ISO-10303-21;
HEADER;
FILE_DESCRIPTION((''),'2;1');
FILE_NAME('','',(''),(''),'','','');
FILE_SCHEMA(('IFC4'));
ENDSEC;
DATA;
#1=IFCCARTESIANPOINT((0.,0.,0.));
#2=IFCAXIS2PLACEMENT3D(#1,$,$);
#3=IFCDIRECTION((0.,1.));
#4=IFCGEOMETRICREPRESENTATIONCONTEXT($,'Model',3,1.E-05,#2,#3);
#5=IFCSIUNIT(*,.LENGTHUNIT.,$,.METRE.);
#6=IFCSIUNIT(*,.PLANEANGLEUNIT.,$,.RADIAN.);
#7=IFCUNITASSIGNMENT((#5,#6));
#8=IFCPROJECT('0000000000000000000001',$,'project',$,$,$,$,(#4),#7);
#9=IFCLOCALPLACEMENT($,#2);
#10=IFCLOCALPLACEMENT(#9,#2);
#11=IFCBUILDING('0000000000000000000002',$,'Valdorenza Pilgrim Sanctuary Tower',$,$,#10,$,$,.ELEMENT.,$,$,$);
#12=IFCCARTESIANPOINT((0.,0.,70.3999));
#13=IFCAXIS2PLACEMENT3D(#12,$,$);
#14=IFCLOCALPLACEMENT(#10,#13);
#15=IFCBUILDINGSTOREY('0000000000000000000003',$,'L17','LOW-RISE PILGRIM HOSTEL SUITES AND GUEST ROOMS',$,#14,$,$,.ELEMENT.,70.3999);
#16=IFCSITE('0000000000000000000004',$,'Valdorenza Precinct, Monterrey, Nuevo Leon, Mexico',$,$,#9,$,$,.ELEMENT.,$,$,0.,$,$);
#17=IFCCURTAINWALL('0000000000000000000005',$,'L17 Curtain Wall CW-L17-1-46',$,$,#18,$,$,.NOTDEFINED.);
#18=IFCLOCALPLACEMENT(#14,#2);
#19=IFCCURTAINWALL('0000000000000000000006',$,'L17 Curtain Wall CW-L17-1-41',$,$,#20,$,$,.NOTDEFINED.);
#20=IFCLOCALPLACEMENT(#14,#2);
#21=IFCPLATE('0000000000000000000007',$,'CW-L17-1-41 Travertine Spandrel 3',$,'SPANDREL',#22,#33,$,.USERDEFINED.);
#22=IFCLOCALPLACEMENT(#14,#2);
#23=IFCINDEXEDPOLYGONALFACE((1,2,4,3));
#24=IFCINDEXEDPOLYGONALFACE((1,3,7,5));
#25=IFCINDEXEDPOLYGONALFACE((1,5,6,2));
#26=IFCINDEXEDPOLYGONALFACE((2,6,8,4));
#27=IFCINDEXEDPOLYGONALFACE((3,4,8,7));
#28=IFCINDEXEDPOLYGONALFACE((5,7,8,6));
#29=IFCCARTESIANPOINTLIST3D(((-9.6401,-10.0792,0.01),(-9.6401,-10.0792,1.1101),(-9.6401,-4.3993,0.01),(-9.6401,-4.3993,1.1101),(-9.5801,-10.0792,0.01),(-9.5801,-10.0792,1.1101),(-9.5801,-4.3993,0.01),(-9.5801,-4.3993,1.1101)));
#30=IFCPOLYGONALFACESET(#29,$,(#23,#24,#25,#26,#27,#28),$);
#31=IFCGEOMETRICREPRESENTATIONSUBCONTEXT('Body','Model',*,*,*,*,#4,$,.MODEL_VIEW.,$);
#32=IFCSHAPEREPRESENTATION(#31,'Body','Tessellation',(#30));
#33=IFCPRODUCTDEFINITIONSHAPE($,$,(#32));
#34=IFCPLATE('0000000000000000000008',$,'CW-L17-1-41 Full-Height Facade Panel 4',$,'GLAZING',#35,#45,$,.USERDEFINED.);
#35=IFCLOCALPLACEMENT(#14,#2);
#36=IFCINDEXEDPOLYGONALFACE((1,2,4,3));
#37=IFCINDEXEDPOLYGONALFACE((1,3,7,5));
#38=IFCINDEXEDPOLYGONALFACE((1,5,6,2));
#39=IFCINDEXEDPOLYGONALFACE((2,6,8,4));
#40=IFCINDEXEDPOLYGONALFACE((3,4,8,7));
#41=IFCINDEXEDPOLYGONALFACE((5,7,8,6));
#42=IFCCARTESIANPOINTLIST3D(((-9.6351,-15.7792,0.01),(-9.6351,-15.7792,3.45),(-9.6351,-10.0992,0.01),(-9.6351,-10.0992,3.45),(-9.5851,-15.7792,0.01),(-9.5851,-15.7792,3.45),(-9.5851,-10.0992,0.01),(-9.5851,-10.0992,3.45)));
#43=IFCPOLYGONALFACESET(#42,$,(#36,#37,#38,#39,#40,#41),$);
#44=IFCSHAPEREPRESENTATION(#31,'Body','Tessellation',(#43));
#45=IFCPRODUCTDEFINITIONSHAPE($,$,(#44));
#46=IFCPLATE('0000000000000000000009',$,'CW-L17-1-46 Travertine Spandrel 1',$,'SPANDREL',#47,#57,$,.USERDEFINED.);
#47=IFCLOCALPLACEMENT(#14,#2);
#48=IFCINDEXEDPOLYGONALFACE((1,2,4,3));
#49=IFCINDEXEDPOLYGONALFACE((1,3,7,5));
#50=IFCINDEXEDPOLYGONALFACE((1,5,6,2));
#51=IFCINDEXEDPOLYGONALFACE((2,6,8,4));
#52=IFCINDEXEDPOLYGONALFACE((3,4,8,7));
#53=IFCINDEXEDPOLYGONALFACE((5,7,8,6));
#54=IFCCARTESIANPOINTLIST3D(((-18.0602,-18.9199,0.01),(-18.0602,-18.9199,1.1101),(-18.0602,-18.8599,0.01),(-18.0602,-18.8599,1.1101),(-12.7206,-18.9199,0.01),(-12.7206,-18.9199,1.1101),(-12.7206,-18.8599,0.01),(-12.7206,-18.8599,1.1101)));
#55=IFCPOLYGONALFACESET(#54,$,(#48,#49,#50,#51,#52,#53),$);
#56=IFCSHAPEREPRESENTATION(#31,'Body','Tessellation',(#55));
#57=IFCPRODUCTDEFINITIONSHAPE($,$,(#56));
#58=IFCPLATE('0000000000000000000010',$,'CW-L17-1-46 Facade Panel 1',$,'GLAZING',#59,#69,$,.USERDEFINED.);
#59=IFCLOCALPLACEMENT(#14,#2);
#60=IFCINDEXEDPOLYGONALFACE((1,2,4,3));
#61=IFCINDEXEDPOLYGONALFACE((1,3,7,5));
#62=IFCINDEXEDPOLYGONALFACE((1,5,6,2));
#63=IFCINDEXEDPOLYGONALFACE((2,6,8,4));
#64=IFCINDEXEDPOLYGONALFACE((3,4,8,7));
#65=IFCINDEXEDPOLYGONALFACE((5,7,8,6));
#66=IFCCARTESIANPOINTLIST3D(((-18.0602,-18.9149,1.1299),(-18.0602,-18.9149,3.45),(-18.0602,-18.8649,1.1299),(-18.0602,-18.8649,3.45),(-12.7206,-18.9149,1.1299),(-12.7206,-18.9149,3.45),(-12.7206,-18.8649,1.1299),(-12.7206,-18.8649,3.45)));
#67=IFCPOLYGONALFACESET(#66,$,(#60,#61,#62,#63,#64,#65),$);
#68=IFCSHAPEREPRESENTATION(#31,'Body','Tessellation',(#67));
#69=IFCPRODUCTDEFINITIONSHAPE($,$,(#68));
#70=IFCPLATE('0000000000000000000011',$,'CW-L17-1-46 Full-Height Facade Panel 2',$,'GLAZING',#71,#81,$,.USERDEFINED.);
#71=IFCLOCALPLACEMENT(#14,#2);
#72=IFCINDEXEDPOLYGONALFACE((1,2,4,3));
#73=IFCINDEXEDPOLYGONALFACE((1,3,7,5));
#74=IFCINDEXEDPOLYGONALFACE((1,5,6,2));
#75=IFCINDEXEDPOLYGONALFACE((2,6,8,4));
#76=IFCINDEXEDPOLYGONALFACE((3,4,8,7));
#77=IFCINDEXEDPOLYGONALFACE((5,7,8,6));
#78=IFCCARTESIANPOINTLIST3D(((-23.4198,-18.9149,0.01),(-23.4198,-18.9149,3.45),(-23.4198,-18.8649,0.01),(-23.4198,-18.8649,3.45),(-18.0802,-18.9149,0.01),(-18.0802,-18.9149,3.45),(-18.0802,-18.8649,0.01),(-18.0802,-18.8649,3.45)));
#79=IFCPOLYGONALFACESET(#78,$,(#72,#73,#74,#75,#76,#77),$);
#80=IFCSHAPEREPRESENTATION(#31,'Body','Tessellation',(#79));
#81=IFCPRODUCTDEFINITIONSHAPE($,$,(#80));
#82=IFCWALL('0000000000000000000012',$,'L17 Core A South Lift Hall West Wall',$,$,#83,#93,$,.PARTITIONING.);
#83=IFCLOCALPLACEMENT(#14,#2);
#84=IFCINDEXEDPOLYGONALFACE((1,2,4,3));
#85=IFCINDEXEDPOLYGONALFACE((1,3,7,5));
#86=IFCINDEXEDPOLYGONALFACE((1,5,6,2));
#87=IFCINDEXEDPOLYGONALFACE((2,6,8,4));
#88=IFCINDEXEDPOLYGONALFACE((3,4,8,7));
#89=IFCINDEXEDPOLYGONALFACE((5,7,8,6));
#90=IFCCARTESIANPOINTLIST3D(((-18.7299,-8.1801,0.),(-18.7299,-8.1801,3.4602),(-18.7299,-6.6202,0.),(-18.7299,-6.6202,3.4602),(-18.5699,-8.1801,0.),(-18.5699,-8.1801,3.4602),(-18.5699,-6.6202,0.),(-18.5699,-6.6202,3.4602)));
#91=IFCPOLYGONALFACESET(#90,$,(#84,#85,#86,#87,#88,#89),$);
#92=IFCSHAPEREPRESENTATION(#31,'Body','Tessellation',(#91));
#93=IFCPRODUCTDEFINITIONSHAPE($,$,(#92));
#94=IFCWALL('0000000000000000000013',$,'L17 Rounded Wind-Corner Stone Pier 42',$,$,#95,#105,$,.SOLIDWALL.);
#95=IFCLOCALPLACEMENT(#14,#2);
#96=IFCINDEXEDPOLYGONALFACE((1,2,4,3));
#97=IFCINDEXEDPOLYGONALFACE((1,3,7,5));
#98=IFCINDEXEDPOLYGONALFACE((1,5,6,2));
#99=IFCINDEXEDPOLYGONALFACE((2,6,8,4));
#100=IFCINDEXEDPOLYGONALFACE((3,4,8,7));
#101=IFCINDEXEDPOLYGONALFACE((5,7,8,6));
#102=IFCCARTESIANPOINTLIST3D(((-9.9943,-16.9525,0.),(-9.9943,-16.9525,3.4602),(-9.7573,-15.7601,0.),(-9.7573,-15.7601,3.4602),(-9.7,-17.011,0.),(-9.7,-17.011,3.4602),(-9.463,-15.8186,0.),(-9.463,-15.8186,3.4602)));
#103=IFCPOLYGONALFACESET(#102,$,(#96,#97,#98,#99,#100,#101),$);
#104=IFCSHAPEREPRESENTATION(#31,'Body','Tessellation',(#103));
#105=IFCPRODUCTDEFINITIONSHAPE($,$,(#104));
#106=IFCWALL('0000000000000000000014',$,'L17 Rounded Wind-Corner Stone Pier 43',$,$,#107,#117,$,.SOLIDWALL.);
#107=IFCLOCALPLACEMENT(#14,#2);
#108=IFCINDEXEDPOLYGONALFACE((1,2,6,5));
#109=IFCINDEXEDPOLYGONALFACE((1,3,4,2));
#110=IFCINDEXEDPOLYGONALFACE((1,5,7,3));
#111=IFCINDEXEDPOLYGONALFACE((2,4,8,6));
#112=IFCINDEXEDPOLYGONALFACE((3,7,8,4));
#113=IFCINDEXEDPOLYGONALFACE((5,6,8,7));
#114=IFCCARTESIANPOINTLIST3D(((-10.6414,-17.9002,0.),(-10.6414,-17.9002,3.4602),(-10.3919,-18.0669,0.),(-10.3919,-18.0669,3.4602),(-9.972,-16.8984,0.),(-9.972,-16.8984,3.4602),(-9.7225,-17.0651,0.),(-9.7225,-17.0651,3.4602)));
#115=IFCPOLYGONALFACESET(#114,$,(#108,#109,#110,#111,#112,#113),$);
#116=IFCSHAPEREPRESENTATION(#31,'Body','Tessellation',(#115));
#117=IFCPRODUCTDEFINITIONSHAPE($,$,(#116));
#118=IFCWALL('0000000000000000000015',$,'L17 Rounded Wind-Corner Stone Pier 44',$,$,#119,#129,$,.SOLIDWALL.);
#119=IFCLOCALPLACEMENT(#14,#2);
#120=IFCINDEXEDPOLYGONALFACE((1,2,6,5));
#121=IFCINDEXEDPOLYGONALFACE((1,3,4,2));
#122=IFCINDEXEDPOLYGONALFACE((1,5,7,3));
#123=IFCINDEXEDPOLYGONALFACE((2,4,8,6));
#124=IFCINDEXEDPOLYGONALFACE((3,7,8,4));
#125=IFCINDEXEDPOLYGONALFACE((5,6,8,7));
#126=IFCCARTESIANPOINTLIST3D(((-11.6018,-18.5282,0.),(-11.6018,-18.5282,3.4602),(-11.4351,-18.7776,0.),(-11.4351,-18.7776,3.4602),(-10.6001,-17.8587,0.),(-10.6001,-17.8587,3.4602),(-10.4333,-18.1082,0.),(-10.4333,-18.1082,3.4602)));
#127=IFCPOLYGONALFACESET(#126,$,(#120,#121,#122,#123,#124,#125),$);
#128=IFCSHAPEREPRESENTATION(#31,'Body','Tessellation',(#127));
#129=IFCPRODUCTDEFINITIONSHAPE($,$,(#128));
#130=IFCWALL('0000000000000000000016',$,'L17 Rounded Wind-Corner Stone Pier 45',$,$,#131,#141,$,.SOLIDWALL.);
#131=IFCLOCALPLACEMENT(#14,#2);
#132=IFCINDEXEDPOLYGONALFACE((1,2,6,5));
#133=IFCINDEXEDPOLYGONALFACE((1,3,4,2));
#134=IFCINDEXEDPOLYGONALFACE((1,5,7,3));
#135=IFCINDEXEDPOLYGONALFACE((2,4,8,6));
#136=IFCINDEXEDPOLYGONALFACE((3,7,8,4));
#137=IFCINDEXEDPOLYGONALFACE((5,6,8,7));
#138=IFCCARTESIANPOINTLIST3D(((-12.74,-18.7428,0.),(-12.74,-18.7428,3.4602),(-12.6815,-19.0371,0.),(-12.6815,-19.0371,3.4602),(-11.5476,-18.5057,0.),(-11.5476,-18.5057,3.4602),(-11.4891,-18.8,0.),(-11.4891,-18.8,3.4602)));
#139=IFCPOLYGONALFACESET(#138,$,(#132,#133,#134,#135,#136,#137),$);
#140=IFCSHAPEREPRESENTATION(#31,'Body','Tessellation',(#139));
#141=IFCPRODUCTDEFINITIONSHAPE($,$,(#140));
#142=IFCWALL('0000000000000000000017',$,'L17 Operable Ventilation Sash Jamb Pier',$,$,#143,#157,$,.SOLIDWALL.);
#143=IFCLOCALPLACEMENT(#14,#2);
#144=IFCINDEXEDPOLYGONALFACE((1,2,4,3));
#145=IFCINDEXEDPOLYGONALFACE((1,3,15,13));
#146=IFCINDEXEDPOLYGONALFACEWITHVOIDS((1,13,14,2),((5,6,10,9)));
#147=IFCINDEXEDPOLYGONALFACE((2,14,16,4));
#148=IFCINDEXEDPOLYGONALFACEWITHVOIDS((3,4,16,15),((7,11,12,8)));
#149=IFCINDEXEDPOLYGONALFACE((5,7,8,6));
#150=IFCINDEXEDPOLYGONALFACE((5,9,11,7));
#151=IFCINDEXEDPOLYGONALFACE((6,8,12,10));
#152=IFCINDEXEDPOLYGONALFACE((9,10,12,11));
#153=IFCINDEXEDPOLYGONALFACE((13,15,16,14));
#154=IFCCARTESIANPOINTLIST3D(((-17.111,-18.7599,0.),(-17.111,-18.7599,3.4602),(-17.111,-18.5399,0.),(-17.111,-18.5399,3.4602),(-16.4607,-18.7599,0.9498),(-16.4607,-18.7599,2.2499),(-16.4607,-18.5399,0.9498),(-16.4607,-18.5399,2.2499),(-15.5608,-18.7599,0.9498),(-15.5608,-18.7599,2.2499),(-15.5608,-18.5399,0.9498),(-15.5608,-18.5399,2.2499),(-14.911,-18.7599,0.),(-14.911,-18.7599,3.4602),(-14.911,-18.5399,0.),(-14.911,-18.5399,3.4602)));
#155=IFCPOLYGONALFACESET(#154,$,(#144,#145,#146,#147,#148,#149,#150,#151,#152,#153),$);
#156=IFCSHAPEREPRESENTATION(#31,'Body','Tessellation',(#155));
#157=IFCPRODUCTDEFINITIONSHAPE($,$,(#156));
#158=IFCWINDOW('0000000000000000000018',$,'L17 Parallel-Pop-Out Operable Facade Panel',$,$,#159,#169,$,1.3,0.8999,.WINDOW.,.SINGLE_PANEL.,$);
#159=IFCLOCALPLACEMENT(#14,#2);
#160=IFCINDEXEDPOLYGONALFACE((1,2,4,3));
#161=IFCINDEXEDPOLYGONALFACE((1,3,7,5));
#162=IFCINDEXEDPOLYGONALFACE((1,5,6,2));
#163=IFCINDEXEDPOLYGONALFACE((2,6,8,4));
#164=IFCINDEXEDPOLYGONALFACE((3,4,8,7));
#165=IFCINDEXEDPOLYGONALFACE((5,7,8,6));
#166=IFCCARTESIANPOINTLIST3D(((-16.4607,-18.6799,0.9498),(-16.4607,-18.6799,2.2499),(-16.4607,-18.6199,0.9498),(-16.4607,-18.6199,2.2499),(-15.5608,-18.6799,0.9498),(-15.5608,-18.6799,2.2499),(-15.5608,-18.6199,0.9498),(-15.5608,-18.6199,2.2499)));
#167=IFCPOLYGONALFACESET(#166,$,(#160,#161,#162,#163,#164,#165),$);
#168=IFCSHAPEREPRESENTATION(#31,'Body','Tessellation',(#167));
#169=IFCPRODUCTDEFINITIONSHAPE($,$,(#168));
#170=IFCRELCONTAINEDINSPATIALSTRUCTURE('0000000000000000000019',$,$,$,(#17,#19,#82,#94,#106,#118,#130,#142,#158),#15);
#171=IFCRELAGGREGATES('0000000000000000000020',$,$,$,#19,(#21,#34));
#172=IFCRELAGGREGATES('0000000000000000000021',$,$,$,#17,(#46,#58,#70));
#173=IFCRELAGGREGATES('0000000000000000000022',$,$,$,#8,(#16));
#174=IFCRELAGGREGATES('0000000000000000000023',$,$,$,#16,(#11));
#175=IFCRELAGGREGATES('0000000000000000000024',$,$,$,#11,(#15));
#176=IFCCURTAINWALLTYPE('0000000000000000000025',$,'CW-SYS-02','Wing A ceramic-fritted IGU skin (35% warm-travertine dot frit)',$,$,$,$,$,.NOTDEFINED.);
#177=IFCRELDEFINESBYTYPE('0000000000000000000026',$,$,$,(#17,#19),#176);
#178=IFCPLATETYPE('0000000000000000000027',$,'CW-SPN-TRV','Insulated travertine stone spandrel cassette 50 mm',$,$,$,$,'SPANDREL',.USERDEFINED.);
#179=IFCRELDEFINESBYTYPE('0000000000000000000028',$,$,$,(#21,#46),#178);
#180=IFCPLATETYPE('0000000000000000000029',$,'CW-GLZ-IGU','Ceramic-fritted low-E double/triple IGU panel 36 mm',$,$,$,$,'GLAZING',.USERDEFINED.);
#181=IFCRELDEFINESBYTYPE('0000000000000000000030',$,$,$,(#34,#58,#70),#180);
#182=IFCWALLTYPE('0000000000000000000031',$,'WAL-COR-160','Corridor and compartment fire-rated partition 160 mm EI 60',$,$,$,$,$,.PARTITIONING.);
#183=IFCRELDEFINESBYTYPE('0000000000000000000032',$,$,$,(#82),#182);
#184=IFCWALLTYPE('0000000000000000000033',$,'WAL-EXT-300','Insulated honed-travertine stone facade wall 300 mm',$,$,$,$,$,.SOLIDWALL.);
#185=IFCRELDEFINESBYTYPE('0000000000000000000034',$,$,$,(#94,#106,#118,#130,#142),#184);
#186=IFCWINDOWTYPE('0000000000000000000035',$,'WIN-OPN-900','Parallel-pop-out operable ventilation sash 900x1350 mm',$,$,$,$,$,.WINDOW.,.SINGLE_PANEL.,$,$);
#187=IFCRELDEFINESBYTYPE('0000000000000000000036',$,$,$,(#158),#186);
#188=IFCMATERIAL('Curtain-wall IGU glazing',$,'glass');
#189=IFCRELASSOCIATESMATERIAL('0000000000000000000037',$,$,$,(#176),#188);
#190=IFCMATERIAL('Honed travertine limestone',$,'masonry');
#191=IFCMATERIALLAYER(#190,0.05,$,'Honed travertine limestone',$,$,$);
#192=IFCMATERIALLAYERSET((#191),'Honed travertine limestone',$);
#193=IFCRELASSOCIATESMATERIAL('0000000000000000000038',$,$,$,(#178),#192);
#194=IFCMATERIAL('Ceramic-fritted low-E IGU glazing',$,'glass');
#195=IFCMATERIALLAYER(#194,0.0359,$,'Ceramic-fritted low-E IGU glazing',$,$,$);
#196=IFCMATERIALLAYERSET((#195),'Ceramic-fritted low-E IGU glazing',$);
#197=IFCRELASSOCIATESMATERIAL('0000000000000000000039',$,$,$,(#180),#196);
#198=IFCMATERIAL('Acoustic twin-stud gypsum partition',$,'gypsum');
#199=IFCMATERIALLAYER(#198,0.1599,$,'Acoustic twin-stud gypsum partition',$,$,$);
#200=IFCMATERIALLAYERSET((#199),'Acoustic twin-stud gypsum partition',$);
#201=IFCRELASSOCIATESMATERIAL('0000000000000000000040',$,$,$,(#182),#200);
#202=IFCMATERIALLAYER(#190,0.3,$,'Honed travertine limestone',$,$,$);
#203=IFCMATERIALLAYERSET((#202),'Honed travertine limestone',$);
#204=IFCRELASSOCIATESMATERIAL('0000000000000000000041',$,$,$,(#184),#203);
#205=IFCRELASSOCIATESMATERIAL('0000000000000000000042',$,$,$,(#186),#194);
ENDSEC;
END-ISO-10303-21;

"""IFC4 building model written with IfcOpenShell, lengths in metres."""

from ifc_helpers import new_model, si_unit, direction, frame, frame_2d, origin, origin_2d, place, context, subcontext, project, spatial, rectangle, extrude, source, transform, mapped, material, layer, layer_set, type_object, element, fill, aggregate, save


model = new_model("IFC4")

# Units and contexts
model_context = context("Model", 3, precision=1e-05, world=origin(), true_north=direction((0.0, 1.0)))
body_context = subcontext(model_context, "Body", "Model", "MODEL_VIEW")
ifc_project = project(units=[si_unit("LENGTHUNIT", "METRE"), si_unit("PLANEANGLEUNIT", "RADIAN")], contexts=[model_context])

# Site, building, storey
site_placement = place(None, origin())
site = spatial("IfcSite", under=ifc_project, at=site_placement, Name="Valdorenza Precinct, Monterrey, Nuevo Leon, Mexico", CompositionType="ELEMENT", RefElevation=0.0)
building_placement = place(site_placement, origin())
building = spatial("IfcBuilding", under=site, at=building_placement, Name="Valdorenza Pilgrim Sanctuary Tower", CompositionType="ELEMENT")
storey_placement = place(building_placement, frame((0.0, 0.0, 70.3999)))
storey = spatial("IfcBuildingStorey", under=building, at=storey_placement, Name="L17", Description="LOW-RISE PILGRIM HOSTEL SUITES AND GUEST ROOMS", CompositionType="ELEMENT", Elevation=70.3999)

# Curtain wall
ifc_material_1 = material(Name="Curtain-wall IGU glazing", Category="glass")
curtain_wall_type = type_object("IfcCurtainWallType", Name="CW-SYS-02", Description="Wing A ceramic-fritted IGU skin (35% warm-travertine dot frit)", PredefinedType="NOTDEFINED", material=ifc_material_1)
curtain_wall_1_placement = place(storey_placement, origin())
curtain_wall_1 = element("IfcCurtainWall", 1, at=curtain_wall_1_placement, inside=storey, type_object=curtain_wall_type, Name="L17 Curtain Wall CW-L17-1-46", PredefinedType="NOTDEFINED")

# Curtain wall
curtain_wall_2_placement = place(storey_placement, origin())
curtain_wall_2 = element("IfcCurtainWall", 2, at=curtain_wall_2_placement, inside=storey, type_object=curtain_wall_type, Name="L17 Curtain Wall CW-L17-1-41", PredefinedType="NOTDEFINED")

# Plates
ifc_material_2 = material(Name="Honed travertine limestone", Category="masonry")
ifc_layer_1 = layer(ifc_material_2, 0.05, Name="Honed travertine limestone")
ifc_layer_set_1 = layer_set([ifc_layer_1], Name="Honed travertine limestone")
plate_type_1 = type_object("IfcPlateType", Name="CW-SPN-TRV", Description="Insulated travertine stone spandrel cassette 50 mm", ElementType="SPANDREL", PredefinedType="USERDEFINED", material=ifc_layer_set_1)
shared_shape_1 = source(origin(), body_context, "Body", "SweptSolid", [
    extrude(rectangle(XDim=5.6799, YDim=0.0601, at=origin_2d()), origin(), (0.0, 0.0, 1.0), 1.1001),
])
plate_1_placement = place(storey_placement, frame((-9.6101, -7.2393, 0.01), z_axis=(0.0, 0.0, 1.0), x_axis=(0.0, -1.0, 0.0)))
plate_1 = element("IfcPlate", 3, at=plate_1_placement, type_object=plate_type_1, Name="CW-L17-1-41 Travertine Spandrel 3", ObjectType="SPANDREL", PredefinedType="USERDEFINED", context=body_context, shape_type="MappedRepresentation", body=[
    mapped(shared_shape_1, transform((0.0, 0.0, 0.0), x_axis=(1.0, 0.0, 0.0), y_axis=(0.0, 1.0, 0.0), z_axis=(0.0, 0.0, 1.0), scale=1.0)),
])
ifc_material_3 = material(Name="Ceramic-fritted low-E IGU glazing", Category="glass")
ifc_layer_2 = layer(ifc_material_3, 0.0359, Name="Ceramic-fritted low-E IGU glazing")
ifc_layer_set_2 = layer_set([ifc_layer_2], Name="Ceramic-fritted low-E IGU glazing")
plate_type_2 = type_object("IfcPlateType", Name="CW-GLZ-IGU", Description="Ceramic-fritted low-E double/triple IGU panel 36 mm", ElementType="GLAZING", PredefinedType="USERDEFINED", material=ifc_layer_set_2)
shared_shape_2 = source(origin(), body_context, "Body", "SweptSolid", [
    extrude(rectangle(XDim=5.6799, YDim=0.05, at=origin_2d()), origin(), (0.0, 0.0, 1.0), 3.4399),
])
plate_2_placement = place(storey_placement, frame((-9.6101, -12.9392, 0.01), z_axis=(0.0, 0.0, 1.0), x_axis=(0.0, -1.0, 0.0)))
plate_2 = element("IfcPlate", 4, at=plate_2_placement, type_object=plate_type_2, Name="CW-L17-1-41 Full-Height Facade Panel 4", ObjectType="GLAZING", PredefinedType="USERDEFINED", context=body_context, shape_type="MappedRepresentation", body=[
    mapped(shared_shape_2, transform((0.0, 0.0, 0.0), x_axis=(1.0, 0.0, 0.0), y_axis=(0.0, 1.0, 0.0), z_axis=(0.0, 0.0, 1.0), scale=1.0)),
])
aggregate(curtain_wall_2, [plate_1, plate_2])
shared_shape_3 = source(origin(), body_context, "Body", "SweptSolid", [
    extrude(rectangle(XDim=5.3396, YDim=0.0601, at=origin_2d()), origin(), (0.0, 0.0, 1.0), 1.1001),
])
plate_3_placement = place(storey_placement, frame((-15.3904, -18.8899, 0.01), z_axis=(0.0, 0.0, 1.0), x_axis=(-1.0, 0.0, 0.0)))
plate_3 = element("IfcPlate", 5, at=plate_3_placement, type_object=plate_type_1, Name="CW-L17-1-46 Travertine Spandrel 1", ObjectType="SPANDREL", PredefinedType="USERDEFINED", context=body_context, shape_type="MappedRepresentation", body=[
    mapped(shared_shape_3, transform((0.0, 0.0, 0.0), x_axis=(1.0, 0.0, 0.0), y_axis=(0.0, 1.0, 0.0), z_axis=(0.0, 0.0, 1.0), scale=1.0)),
])
shared_shape_4 = source(origin(), body_context, "Body", "SweptSolid", [
    extrude(rectangle(XDim=5.3396, YDim=0.05, at=origin_2d()), origin(), (0.0, 0.0, 1.0), 2.3201),
])
plate_4_placement = place(storey_placement, frame((-15.3904, -18.8899, 1.1299), z_axis=(0.0, 0.0, 1.0), x_axis=(-1.0, 0.0, 0.0)))
plate_4 = element("IfcPlate", 6, at=plate_4_placement, type_object=plate_type_2, Name="CW-L17-1-46 Facade Panel 1", ObjectType="GLAZING", PredefinedType="USERDEFINED", context=body_context, shape_type="MappedRepresentation", body=[
    mapped(shared_shape_4, transform((0.0, 0.0, 0.0), x_axis=(1.0, 0.0, 0.0), y_axis=(0.0, 1.0, 0.0), z_axis=(0.0, 0.0, 1.0), scale=1.0)),
])
shared_shape_5 = source(origin(), body_context, "Body", "SweptSolid", [
    extrude(rectangle(XDim=5.3396, YDim=0.05, at=origin_2d()), origin(), (0.0, 0.0, 1.0), 3.4399),
])
plate_5_placement = place(storey_placement, frame((-20.75, -18.8899, 0.01), z_axis=(0.0, 0.0, 1.0), x_axis=(-1.0, 0.0, 0.0)))
plate_5 = element("IfcPlate", 7, at=plate_5_placement, type_object=plate_type_2, Name="CW-L17-1-46 Full-Height Facade Panel 2", ObjectType="GLAZING", PredefinedType="USERDEFINED", context=body_context, shape_type="MappedRepresentation", body=[
    mapped(shared_shape_5, transform((0.0, 0.0, 0.0), x_axis=(1.0, 0.0, 0.0), y_axis=(0.0, 1.0, 0.0), z_axis=(0.0, 0.0, 1.0), scale=1.0)),
])
aggregate(curtain_wall_1, [plate_3, plate_4, plate_5])

# Walls
ifc_material_4 = material(Name="Acoustic twin-stud gypsum partition", Category="gypsum")
ifc_layer_3 = layer(ifc_material_4, 0.1599, Name="Acoustic twin-stud gypsum partition")
ifc_layer_set_3 = layer_set([ifc_layer_3], Name="Acoustic twin-stud gypsum partition")
wall_type_1 = type_object("IfcWallType", Name="WAL-COR-160", Description="Corridor and compartment fire-rated partition 160 mm EI 60", PredefinedType="PARTITIONING", material=ifc_layer_set_3)
wall_1_placement = place(storey_placement, frame((-18.6499, -8.1799, 0.0), z_axis=(0.0, 0.0, 1.0), x_axis=(0.0, 1.0, 0.0)))
element("IfcWall", 8, at=wall_1_placement, inside=storey, type_object=wall_type_1, Name="L17 Core A South Lift Hall West Wall", PredefinedType="PARTITIONING", context=body_context, shape_type="SweptSolid", body=[
    extrude(rectangle(XDim=1.5598, YDim=0.1599, at=frame_2d((0.7798, 0.0))), origin(), (0.0, 0.0, 1.0), 3.4602),
])
ifc_layer_4 = layer(ifc_material_2, 0.3, Name="Honed travertine limestone")
ifc_layer_set_4 = layer_set([ifc_layer_4], Name="Honed travertine limestone")
wall_type_2 = type_object("IfcWallType", Name="WAL-EXT-300", Description="Insulated honed-travertine stone facade wall 300 mm", PredefinedType="SOLIDWALL", material=ifc_layer_set_4)
wall_2_placement = place(storey_placement, frame((-9.6101, -15.7893, 0.0), z_axis=(0.0, 0.0, 1.0), x_axis=(-0.194996, -0.980804, 0.0)))
element("IfcWall", 9, at=wall_2_placement, inside=storey, type_object=wall_type_2, Name="L17 Rounded Wind-Corner Stone Pier 42", PredefinedType="SOLIDWALL", context=body_context, shape_type="SweptSolid", body=[
    extrude(rectangle(XDim=1.2158, YDim=0.3, at=frame_2d((0.6079, 0.0))), origin(), (0.0, 0.0, 1.0), 3.4602),
])
for number, where, z_axis, x_axis, name in (
    (10, (-9.8472, -16.9817, 0.0), (0.0, 0.0, 1.0), (-0.555635, -0.831426, 0.0), "L17 Rounded Wind-Corner Stone Pier 43"),
    (11, (-10.5166, -17.9834, 0.0), (0.0, 0.0, 1.0), (-0.831426, -0.555635, 0.0), "L17 Rounded Wind-Corner Stone Pier 44"),
):
    element("IfcWall", number, at=place(storey_placement, frame(where, z_axis=z_axis, x_axis=x_axis)), inside=storey, type_object=wall_type_2, Name=name, PredefinedType="SOLIDWALL", context=body_context, shape_type="SweptSolid", body=[
        extrude(rectangle(XDim=1.2048, YDim=0.3, at=frame_2d((0.6025, 0.0))), origin(), (0.0, 0.0, 1.0), 3.4602),
    ])
wall_3_placement = place(storey_placement, frame((-11.5183, -18.6528, 0.0), z_axis=(0.0, 0.0, 1.0), x_axis=(-0.980804, -0.194996, 0.0)))
element("IfcWall", 12, at=wall_3_placement, inside=storey, type_object=wall_type_2, Name="L17 Rounded Wind-Corner Stone Pier 45", PredefinedType="SOLIDWALL", context=body_context, shape_type="SweptSolid", body=[
    extrude(rectangle(XDim=1.2158, YDim=0.3, at=frame_2d((0.6079, 0.0))), origin(), (0.0, 0.0, 1.0), 3.4602),
])

# Wall, opening, window
wall_4_placement = place(storey_placement, frame((-14.9109, -18.6499, 0.0), z_axis=(0.0, 0.0, 1.0), x_axis=(-1.0, 0.0, 0.0)))
wall_4 = element("IfcWall", 13, at=wall_4_placement, inside=storey, type_object=wall_type_2, Name="L17 Operable Ventilation Sash Jamb Pier", PredefinedType="SOLIDWALL", context=body_context, shape_type="SweptSolid", body=[
    extrude(rectangle(XDim=2.2, YDim=0.22, at=frame_2d((1.1001, 0.0))), origin(), (0.0, 0.0, 1.0), 3.4602),
])
opening_1_placement = place(wall_4_placement, frame((0.6499, 0.0, 0.95)))
opening_1 = element("IfcOpeningElement", 14, at=opening_1_placement, cuts=wall_4, PredefinedType="OPENING", context=body_context, shape_type="SweptSolid", body=[
    extrude(rectangle(XDim=0.8999, YDim=1.3, at=frame_2d((0.45, 0.6499))), frame((0.0, 0.125, 0.0), z_axis=(0.0, -1.0, 0.0), x_axis=(1.0, 0.0, 0.0)), (0.0, 0.0, 1.0), 0.2498),
])
window_type = type_object("IfcWindowType", Name="WIN-OPN-900", Description="Parallel-pop-out operable ventilation sash 900x1350 mm", PartitioningType="SINGLE_PANEL", PredefinedType="WINDOW", material=ifc_material_3)
window_placement = place(opening_1_placement, origin())
window = element("IfcWindow", 15, at=window_placement, inside=storey, type_object=window_type, Name="L17 Parallel-Pop-Out Operable Facade Panel", OverallHeight=1.3, OverallWidth=0.8999, PartitioningType="SINGLE_PANEL", PredefinedType="WINDOW", context=body_context, shape_type="SweptSolid", body=[
    extrude(rectangle(XDim=0.8999, YDim=1.3, at=frame_2d((0.45, 0.6499))), frame((0.0, 0.03, 0.0), z_axis=(0.0, -1.0, 0.0), x_axis=(1.0, 0.0, 0.0)), (0.0, 0.0, 1.0), 0.0601),
])
fill(opening_1, window)

save(model, "model.ifc")
